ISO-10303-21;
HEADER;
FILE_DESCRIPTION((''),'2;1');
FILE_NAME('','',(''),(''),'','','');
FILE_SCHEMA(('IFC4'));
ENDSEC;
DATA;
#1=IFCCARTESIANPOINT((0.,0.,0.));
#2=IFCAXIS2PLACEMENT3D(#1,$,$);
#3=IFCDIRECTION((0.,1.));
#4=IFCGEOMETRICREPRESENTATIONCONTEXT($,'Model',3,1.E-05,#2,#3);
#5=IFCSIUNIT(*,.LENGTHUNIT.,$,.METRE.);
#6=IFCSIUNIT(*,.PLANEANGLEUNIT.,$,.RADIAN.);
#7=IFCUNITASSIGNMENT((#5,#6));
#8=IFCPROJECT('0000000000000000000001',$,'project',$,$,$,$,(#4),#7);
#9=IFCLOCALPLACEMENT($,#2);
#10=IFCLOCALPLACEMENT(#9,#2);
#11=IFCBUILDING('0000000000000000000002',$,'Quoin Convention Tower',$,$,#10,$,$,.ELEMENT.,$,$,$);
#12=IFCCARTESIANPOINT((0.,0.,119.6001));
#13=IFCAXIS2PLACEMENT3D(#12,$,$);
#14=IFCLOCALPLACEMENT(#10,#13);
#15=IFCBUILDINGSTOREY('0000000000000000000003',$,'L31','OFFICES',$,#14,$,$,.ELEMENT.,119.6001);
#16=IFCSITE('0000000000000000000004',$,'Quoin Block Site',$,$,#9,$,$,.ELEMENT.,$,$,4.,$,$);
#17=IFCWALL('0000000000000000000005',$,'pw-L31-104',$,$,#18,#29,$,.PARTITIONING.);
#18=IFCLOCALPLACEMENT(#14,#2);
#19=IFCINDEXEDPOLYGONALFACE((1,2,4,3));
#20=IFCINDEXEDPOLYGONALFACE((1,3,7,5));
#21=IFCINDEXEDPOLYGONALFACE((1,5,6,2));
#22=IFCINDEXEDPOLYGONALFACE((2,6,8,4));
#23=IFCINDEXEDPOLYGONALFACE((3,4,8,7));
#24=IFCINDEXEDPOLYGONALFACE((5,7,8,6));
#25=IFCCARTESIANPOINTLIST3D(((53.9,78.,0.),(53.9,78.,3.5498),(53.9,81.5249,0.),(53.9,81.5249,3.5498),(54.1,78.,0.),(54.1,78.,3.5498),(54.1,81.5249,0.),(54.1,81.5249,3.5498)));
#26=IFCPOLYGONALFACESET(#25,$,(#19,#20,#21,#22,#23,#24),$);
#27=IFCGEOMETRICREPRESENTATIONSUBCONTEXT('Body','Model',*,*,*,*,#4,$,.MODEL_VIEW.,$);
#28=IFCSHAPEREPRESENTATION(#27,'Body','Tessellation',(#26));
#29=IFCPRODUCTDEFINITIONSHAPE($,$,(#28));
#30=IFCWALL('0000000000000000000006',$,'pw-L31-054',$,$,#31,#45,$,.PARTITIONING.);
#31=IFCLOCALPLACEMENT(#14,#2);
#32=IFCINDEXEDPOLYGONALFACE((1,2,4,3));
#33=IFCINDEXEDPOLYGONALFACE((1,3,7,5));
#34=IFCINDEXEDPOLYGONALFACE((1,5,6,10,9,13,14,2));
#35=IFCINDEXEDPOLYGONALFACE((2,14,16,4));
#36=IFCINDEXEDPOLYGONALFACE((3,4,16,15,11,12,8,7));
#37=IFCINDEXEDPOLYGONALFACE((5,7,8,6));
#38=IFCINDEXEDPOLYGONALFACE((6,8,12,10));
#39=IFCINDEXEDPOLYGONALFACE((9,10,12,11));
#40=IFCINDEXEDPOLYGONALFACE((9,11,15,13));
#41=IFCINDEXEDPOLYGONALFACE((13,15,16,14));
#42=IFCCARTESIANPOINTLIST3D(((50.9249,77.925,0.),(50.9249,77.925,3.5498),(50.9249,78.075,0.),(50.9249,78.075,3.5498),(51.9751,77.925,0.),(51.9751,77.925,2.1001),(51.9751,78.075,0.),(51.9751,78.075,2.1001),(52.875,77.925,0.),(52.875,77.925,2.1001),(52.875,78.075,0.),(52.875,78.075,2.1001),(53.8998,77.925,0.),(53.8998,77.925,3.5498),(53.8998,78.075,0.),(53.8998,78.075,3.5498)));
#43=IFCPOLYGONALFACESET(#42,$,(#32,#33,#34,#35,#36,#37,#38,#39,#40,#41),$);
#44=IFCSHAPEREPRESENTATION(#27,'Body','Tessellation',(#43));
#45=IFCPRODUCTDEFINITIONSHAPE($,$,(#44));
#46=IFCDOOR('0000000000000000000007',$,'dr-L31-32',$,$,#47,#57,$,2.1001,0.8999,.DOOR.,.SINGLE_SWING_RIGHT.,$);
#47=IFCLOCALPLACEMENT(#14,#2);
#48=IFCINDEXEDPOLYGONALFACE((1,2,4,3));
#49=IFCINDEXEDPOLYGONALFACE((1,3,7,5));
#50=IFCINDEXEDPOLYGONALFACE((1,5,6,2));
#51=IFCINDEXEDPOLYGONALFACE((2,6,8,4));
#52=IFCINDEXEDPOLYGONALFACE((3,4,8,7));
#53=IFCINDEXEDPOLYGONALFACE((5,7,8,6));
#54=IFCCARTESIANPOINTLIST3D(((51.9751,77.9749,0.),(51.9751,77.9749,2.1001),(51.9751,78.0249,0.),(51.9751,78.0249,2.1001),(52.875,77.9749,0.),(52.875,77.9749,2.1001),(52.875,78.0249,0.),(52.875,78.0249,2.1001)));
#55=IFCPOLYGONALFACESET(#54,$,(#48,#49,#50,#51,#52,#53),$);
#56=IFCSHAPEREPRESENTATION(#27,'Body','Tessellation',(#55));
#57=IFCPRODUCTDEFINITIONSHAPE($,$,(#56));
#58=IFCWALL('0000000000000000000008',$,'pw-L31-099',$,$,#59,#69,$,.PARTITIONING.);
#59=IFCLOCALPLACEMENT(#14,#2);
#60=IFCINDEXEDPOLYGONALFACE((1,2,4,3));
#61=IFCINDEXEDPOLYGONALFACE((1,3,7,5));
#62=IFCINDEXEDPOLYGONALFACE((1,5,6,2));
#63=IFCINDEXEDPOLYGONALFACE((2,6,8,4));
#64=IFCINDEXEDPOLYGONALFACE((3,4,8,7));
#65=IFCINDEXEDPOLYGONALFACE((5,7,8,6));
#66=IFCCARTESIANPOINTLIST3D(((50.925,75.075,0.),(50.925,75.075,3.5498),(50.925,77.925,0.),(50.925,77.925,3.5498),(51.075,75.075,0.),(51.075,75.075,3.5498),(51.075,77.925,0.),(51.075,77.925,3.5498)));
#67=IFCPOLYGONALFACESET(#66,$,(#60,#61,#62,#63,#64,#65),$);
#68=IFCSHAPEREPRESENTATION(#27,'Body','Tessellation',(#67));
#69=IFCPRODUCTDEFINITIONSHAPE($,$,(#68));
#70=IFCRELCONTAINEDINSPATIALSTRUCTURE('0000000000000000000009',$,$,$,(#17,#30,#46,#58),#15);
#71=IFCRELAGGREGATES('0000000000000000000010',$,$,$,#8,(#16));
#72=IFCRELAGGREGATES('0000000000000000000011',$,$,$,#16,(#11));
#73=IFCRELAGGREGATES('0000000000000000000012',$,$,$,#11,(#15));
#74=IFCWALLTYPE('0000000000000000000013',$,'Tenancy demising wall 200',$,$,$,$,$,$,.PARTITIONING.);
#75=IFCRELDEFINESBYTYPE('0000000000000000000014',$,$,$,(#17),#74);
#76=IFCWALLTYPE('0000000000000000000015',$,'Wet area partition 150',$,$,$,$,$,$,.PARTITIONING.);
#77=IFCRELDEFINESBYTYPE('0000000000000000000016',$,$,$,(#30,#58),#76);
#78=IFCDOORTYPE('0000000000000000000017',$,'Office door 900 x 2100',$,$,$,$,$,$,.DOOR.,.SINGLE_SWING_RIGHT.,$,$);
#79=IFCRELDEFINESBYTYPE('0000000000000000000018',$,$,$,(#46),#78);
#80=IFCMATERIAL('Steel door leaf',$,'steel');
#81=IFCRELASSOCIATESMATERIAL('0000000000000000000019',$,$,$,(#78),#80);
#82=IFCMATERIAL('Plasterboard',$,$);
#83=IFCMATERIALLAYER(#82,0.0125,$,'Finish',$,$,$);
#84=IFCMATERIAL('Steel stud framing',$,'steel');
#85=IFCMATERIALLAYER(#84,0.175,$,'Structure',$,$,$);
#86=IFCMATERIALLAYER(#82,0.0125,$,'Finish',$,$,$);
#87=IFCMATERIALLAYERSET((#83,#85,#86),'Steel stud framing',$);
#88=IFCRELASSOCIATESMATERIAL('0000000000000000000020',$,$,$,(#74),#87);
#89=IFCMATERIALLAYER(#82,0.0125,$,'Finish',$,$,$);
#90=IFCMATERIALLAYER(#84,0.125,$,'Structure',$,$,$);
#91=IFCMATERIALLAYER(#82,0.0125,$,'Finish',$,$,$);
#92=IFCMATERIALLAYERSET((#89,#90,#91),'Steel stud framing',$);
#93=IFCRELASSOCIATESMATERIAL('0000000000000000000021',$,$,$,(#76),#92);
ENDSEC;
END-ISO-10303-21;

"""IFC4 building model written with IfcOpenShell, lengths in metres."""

from ifc_helpers import new_model, si_unit, direction, frame, frame_2d, origin, place, context, subcontext, project, spatial, rectangle, extrude, material, layer, layer_set, type_object, element, fill, save


model = new_model("IFC4")

# Units and contexts
model_context = context("Model", 3, precision=1e-05, world=origin(), true_north=direction((0.0, 1.0)))
body_context = subcontext(model_context, "Body", "Model", "MODEL_VIEW")
ifc_project = project(units=[si_unit("LENGTHUNIT", "METRE"), si_unit("PLANEANGLEUNIT", "RADIAN")], contexts=[model_context])

# Site, building, storey
site_placement = place(None, origin())
site = spatial("IfcSite", under=ifc_project, at=site_placement, Name="Quoin Block Site", CompositionType="ELEMENT", RefElevation=4.0)
building_placement = place(site_placement, origin())
building = spatial("IfcBuilding", under=site, at=building_placement, Name="Quoin Convention Tower", CompositionType="ELEMENT")
storey_placement = place(building_placement, frame((0.0, 0.0, 119.6001)))
storey = spatial("IfcBuildingStorey", under=building, at=storey_placement, Name="L31", Description="OFFICES", CompositionType="ELEMENT", Elevation=119.6001)

# Shared definitions
ifc_material_1 = material(Name="Plasterboard")
ifc_material_2 = material(Name="Steel stud framing", Category="steel")
ifc_material_3 = material(Name="Steel door leaf", Category="steel")

# Shared definitions
door_type_1 = type_object("IfcDoorType", Name="Office door 900 x 2100", OperationType="SINGLE_SWING_RIGHT", PredefinedType="DOOR", material=ifc_material_3)

# Wall
ifc_layer_1 = layer(ifc_material_1, 0.0125, Name="Finish")
ifc_layer_2 = layer(ifc_material_2, 0.175, Name="Structure")
ifc_layer_3 = layer(ifc_material_1, 0.0125, Name="Finish")
ifc_layer_set_1 = layer_set([ifc_layer_1, ifc_layer_2, ifc_layer_3], Name="Steel stud framing")
wall_type_1 = type_object("IfcWallType", Name="Tenancy demising wall 200", PredefinedType="PARTITIONING", material=ifc_layer_set_1)
wall_1_placement = place(storey_placement, frame((54.0, 78.0, 0.0), z_axis=(0.0, 0.0, 1.0), x_axis=(0.0, 1.0, 0.0)))
element("IfcWall", 1, at=wall_1_placement, inside=storey, type_object=wall_type_1, Name="pw-L31-104", PredefinedType="PARTITIONING", context=body_context, shape_type="SweptSolid", body=[
    extrude(rectangle(XDim=3.5249, YDim=0.2, at=frame_2d((1.7625, 0.0))), origin(), (0.0, 0.0, 1.0), 3.5498),
])

# Wall, opening, door
ifc_layer_4 = layer(ifc_material_1, 0.0125, Name="Finish")
ifc_layer_5 = layer(ifc_material_2, 0.125, Name="Structure")
ifc_layer_6 = layer(ifc_material_1, 0.0125, Name="Finish")
ifc_layer_set_2 = layer_set([ifc_layer_4, ifc_layer_5, ifc_layer_6], Name="Steel stud framing")
wall_type_2 = type_object("IfcWallType", Name="Wet area partition 150", PredefinedType="PARTITIONING", material=ifc_layer_set_2)
wall_2_placement = place(storey_placement, frame((50.925, 78.0, 0.0), z_axis=(0.0, 0.0, 1.0), x_axis=(1.0, 0.0, 0.0)))
wall_2 = element("IfcWall", 2, at=wall_2_placement, inside=storey, type_object=wall_type_2, Name="pw-L31-054", PredefinedType="PARTITIONING", context=body_context, shape_type="SweptSolid", body=[
    extrude(rectangle(XDim=2.9749, YDim=0.1499, at=frame_2d((1.4873, 0.0))), origin(), (0.0, 0.0, 1.0), 3.5498),
])
opening_1_placement = place(wall_2_placement, frame((1.05, 0.0, 0.0)))
opening_1 = element("IfcOpeningElement", 3, at=opening_1_placement, cuts=wall_2, PredefinedType="OPENING", context=body_context, shape_type="SweptSolid", body=[
    extrude(rectangle(XDim=0.8999, YDim=2.1001, at=frame_2d((0.45, 1.05))), frame((0.0, 0.085, 0.0), z_axis=(0.0, -1.0, 0.0), x_axis=(1.0, 0.0, 0.0)), (0.0, 0.0, 1.0), 0.1699),
])
door_1_placement = place(opening_1_placement, origin())
door_1 = element("IfcDoor", 4, at=door_1_placement, inside=storey, type_object=door_type_1, Name="dr-L31-32", OperationType="SINGLE_SWING_RIGHT", OverallHeight=2.1001, OverallWidth=0.8999, PredefinedType="DOOR", context=body_context, shape_type="SweptSolid", body=[
    extrude(rectangle(XDim=0.8999, YDim=2.1001, at=frame_2d((0.45, 1.05))), frame((0.0, 0.0249, 0.0), z_axis=(0.0, -1.0, 0.0), x_axis=(1.0, 0.0, 0.0)), (0.0, 0.0, 1.0), 0.05),
])
fill(opening_1, door_1)

# Wall
wall_3_placement = place(storey_placement, frame((51.0, 75.075, 0.0), z_axis=(0.0, 0.0, 1.0), x_axis=(0.0, 1.0, 0.0)))
element("IfcWall", 5, at=wall_3_placement, inside=storey, type_object=wall_type_2, Name="pw-L31-099", PredefinedType="PARTITIONING", context=body_context, shape_type="SweptSolid", body=[
    extrude(rectangle(XDim=2.8501, YDim=0.1499, at=frame_2d((1.425, 0.0))), origin(), (0.0, 0.0, 1.0), 3.5498),
])

save(model, "model.ifc")
